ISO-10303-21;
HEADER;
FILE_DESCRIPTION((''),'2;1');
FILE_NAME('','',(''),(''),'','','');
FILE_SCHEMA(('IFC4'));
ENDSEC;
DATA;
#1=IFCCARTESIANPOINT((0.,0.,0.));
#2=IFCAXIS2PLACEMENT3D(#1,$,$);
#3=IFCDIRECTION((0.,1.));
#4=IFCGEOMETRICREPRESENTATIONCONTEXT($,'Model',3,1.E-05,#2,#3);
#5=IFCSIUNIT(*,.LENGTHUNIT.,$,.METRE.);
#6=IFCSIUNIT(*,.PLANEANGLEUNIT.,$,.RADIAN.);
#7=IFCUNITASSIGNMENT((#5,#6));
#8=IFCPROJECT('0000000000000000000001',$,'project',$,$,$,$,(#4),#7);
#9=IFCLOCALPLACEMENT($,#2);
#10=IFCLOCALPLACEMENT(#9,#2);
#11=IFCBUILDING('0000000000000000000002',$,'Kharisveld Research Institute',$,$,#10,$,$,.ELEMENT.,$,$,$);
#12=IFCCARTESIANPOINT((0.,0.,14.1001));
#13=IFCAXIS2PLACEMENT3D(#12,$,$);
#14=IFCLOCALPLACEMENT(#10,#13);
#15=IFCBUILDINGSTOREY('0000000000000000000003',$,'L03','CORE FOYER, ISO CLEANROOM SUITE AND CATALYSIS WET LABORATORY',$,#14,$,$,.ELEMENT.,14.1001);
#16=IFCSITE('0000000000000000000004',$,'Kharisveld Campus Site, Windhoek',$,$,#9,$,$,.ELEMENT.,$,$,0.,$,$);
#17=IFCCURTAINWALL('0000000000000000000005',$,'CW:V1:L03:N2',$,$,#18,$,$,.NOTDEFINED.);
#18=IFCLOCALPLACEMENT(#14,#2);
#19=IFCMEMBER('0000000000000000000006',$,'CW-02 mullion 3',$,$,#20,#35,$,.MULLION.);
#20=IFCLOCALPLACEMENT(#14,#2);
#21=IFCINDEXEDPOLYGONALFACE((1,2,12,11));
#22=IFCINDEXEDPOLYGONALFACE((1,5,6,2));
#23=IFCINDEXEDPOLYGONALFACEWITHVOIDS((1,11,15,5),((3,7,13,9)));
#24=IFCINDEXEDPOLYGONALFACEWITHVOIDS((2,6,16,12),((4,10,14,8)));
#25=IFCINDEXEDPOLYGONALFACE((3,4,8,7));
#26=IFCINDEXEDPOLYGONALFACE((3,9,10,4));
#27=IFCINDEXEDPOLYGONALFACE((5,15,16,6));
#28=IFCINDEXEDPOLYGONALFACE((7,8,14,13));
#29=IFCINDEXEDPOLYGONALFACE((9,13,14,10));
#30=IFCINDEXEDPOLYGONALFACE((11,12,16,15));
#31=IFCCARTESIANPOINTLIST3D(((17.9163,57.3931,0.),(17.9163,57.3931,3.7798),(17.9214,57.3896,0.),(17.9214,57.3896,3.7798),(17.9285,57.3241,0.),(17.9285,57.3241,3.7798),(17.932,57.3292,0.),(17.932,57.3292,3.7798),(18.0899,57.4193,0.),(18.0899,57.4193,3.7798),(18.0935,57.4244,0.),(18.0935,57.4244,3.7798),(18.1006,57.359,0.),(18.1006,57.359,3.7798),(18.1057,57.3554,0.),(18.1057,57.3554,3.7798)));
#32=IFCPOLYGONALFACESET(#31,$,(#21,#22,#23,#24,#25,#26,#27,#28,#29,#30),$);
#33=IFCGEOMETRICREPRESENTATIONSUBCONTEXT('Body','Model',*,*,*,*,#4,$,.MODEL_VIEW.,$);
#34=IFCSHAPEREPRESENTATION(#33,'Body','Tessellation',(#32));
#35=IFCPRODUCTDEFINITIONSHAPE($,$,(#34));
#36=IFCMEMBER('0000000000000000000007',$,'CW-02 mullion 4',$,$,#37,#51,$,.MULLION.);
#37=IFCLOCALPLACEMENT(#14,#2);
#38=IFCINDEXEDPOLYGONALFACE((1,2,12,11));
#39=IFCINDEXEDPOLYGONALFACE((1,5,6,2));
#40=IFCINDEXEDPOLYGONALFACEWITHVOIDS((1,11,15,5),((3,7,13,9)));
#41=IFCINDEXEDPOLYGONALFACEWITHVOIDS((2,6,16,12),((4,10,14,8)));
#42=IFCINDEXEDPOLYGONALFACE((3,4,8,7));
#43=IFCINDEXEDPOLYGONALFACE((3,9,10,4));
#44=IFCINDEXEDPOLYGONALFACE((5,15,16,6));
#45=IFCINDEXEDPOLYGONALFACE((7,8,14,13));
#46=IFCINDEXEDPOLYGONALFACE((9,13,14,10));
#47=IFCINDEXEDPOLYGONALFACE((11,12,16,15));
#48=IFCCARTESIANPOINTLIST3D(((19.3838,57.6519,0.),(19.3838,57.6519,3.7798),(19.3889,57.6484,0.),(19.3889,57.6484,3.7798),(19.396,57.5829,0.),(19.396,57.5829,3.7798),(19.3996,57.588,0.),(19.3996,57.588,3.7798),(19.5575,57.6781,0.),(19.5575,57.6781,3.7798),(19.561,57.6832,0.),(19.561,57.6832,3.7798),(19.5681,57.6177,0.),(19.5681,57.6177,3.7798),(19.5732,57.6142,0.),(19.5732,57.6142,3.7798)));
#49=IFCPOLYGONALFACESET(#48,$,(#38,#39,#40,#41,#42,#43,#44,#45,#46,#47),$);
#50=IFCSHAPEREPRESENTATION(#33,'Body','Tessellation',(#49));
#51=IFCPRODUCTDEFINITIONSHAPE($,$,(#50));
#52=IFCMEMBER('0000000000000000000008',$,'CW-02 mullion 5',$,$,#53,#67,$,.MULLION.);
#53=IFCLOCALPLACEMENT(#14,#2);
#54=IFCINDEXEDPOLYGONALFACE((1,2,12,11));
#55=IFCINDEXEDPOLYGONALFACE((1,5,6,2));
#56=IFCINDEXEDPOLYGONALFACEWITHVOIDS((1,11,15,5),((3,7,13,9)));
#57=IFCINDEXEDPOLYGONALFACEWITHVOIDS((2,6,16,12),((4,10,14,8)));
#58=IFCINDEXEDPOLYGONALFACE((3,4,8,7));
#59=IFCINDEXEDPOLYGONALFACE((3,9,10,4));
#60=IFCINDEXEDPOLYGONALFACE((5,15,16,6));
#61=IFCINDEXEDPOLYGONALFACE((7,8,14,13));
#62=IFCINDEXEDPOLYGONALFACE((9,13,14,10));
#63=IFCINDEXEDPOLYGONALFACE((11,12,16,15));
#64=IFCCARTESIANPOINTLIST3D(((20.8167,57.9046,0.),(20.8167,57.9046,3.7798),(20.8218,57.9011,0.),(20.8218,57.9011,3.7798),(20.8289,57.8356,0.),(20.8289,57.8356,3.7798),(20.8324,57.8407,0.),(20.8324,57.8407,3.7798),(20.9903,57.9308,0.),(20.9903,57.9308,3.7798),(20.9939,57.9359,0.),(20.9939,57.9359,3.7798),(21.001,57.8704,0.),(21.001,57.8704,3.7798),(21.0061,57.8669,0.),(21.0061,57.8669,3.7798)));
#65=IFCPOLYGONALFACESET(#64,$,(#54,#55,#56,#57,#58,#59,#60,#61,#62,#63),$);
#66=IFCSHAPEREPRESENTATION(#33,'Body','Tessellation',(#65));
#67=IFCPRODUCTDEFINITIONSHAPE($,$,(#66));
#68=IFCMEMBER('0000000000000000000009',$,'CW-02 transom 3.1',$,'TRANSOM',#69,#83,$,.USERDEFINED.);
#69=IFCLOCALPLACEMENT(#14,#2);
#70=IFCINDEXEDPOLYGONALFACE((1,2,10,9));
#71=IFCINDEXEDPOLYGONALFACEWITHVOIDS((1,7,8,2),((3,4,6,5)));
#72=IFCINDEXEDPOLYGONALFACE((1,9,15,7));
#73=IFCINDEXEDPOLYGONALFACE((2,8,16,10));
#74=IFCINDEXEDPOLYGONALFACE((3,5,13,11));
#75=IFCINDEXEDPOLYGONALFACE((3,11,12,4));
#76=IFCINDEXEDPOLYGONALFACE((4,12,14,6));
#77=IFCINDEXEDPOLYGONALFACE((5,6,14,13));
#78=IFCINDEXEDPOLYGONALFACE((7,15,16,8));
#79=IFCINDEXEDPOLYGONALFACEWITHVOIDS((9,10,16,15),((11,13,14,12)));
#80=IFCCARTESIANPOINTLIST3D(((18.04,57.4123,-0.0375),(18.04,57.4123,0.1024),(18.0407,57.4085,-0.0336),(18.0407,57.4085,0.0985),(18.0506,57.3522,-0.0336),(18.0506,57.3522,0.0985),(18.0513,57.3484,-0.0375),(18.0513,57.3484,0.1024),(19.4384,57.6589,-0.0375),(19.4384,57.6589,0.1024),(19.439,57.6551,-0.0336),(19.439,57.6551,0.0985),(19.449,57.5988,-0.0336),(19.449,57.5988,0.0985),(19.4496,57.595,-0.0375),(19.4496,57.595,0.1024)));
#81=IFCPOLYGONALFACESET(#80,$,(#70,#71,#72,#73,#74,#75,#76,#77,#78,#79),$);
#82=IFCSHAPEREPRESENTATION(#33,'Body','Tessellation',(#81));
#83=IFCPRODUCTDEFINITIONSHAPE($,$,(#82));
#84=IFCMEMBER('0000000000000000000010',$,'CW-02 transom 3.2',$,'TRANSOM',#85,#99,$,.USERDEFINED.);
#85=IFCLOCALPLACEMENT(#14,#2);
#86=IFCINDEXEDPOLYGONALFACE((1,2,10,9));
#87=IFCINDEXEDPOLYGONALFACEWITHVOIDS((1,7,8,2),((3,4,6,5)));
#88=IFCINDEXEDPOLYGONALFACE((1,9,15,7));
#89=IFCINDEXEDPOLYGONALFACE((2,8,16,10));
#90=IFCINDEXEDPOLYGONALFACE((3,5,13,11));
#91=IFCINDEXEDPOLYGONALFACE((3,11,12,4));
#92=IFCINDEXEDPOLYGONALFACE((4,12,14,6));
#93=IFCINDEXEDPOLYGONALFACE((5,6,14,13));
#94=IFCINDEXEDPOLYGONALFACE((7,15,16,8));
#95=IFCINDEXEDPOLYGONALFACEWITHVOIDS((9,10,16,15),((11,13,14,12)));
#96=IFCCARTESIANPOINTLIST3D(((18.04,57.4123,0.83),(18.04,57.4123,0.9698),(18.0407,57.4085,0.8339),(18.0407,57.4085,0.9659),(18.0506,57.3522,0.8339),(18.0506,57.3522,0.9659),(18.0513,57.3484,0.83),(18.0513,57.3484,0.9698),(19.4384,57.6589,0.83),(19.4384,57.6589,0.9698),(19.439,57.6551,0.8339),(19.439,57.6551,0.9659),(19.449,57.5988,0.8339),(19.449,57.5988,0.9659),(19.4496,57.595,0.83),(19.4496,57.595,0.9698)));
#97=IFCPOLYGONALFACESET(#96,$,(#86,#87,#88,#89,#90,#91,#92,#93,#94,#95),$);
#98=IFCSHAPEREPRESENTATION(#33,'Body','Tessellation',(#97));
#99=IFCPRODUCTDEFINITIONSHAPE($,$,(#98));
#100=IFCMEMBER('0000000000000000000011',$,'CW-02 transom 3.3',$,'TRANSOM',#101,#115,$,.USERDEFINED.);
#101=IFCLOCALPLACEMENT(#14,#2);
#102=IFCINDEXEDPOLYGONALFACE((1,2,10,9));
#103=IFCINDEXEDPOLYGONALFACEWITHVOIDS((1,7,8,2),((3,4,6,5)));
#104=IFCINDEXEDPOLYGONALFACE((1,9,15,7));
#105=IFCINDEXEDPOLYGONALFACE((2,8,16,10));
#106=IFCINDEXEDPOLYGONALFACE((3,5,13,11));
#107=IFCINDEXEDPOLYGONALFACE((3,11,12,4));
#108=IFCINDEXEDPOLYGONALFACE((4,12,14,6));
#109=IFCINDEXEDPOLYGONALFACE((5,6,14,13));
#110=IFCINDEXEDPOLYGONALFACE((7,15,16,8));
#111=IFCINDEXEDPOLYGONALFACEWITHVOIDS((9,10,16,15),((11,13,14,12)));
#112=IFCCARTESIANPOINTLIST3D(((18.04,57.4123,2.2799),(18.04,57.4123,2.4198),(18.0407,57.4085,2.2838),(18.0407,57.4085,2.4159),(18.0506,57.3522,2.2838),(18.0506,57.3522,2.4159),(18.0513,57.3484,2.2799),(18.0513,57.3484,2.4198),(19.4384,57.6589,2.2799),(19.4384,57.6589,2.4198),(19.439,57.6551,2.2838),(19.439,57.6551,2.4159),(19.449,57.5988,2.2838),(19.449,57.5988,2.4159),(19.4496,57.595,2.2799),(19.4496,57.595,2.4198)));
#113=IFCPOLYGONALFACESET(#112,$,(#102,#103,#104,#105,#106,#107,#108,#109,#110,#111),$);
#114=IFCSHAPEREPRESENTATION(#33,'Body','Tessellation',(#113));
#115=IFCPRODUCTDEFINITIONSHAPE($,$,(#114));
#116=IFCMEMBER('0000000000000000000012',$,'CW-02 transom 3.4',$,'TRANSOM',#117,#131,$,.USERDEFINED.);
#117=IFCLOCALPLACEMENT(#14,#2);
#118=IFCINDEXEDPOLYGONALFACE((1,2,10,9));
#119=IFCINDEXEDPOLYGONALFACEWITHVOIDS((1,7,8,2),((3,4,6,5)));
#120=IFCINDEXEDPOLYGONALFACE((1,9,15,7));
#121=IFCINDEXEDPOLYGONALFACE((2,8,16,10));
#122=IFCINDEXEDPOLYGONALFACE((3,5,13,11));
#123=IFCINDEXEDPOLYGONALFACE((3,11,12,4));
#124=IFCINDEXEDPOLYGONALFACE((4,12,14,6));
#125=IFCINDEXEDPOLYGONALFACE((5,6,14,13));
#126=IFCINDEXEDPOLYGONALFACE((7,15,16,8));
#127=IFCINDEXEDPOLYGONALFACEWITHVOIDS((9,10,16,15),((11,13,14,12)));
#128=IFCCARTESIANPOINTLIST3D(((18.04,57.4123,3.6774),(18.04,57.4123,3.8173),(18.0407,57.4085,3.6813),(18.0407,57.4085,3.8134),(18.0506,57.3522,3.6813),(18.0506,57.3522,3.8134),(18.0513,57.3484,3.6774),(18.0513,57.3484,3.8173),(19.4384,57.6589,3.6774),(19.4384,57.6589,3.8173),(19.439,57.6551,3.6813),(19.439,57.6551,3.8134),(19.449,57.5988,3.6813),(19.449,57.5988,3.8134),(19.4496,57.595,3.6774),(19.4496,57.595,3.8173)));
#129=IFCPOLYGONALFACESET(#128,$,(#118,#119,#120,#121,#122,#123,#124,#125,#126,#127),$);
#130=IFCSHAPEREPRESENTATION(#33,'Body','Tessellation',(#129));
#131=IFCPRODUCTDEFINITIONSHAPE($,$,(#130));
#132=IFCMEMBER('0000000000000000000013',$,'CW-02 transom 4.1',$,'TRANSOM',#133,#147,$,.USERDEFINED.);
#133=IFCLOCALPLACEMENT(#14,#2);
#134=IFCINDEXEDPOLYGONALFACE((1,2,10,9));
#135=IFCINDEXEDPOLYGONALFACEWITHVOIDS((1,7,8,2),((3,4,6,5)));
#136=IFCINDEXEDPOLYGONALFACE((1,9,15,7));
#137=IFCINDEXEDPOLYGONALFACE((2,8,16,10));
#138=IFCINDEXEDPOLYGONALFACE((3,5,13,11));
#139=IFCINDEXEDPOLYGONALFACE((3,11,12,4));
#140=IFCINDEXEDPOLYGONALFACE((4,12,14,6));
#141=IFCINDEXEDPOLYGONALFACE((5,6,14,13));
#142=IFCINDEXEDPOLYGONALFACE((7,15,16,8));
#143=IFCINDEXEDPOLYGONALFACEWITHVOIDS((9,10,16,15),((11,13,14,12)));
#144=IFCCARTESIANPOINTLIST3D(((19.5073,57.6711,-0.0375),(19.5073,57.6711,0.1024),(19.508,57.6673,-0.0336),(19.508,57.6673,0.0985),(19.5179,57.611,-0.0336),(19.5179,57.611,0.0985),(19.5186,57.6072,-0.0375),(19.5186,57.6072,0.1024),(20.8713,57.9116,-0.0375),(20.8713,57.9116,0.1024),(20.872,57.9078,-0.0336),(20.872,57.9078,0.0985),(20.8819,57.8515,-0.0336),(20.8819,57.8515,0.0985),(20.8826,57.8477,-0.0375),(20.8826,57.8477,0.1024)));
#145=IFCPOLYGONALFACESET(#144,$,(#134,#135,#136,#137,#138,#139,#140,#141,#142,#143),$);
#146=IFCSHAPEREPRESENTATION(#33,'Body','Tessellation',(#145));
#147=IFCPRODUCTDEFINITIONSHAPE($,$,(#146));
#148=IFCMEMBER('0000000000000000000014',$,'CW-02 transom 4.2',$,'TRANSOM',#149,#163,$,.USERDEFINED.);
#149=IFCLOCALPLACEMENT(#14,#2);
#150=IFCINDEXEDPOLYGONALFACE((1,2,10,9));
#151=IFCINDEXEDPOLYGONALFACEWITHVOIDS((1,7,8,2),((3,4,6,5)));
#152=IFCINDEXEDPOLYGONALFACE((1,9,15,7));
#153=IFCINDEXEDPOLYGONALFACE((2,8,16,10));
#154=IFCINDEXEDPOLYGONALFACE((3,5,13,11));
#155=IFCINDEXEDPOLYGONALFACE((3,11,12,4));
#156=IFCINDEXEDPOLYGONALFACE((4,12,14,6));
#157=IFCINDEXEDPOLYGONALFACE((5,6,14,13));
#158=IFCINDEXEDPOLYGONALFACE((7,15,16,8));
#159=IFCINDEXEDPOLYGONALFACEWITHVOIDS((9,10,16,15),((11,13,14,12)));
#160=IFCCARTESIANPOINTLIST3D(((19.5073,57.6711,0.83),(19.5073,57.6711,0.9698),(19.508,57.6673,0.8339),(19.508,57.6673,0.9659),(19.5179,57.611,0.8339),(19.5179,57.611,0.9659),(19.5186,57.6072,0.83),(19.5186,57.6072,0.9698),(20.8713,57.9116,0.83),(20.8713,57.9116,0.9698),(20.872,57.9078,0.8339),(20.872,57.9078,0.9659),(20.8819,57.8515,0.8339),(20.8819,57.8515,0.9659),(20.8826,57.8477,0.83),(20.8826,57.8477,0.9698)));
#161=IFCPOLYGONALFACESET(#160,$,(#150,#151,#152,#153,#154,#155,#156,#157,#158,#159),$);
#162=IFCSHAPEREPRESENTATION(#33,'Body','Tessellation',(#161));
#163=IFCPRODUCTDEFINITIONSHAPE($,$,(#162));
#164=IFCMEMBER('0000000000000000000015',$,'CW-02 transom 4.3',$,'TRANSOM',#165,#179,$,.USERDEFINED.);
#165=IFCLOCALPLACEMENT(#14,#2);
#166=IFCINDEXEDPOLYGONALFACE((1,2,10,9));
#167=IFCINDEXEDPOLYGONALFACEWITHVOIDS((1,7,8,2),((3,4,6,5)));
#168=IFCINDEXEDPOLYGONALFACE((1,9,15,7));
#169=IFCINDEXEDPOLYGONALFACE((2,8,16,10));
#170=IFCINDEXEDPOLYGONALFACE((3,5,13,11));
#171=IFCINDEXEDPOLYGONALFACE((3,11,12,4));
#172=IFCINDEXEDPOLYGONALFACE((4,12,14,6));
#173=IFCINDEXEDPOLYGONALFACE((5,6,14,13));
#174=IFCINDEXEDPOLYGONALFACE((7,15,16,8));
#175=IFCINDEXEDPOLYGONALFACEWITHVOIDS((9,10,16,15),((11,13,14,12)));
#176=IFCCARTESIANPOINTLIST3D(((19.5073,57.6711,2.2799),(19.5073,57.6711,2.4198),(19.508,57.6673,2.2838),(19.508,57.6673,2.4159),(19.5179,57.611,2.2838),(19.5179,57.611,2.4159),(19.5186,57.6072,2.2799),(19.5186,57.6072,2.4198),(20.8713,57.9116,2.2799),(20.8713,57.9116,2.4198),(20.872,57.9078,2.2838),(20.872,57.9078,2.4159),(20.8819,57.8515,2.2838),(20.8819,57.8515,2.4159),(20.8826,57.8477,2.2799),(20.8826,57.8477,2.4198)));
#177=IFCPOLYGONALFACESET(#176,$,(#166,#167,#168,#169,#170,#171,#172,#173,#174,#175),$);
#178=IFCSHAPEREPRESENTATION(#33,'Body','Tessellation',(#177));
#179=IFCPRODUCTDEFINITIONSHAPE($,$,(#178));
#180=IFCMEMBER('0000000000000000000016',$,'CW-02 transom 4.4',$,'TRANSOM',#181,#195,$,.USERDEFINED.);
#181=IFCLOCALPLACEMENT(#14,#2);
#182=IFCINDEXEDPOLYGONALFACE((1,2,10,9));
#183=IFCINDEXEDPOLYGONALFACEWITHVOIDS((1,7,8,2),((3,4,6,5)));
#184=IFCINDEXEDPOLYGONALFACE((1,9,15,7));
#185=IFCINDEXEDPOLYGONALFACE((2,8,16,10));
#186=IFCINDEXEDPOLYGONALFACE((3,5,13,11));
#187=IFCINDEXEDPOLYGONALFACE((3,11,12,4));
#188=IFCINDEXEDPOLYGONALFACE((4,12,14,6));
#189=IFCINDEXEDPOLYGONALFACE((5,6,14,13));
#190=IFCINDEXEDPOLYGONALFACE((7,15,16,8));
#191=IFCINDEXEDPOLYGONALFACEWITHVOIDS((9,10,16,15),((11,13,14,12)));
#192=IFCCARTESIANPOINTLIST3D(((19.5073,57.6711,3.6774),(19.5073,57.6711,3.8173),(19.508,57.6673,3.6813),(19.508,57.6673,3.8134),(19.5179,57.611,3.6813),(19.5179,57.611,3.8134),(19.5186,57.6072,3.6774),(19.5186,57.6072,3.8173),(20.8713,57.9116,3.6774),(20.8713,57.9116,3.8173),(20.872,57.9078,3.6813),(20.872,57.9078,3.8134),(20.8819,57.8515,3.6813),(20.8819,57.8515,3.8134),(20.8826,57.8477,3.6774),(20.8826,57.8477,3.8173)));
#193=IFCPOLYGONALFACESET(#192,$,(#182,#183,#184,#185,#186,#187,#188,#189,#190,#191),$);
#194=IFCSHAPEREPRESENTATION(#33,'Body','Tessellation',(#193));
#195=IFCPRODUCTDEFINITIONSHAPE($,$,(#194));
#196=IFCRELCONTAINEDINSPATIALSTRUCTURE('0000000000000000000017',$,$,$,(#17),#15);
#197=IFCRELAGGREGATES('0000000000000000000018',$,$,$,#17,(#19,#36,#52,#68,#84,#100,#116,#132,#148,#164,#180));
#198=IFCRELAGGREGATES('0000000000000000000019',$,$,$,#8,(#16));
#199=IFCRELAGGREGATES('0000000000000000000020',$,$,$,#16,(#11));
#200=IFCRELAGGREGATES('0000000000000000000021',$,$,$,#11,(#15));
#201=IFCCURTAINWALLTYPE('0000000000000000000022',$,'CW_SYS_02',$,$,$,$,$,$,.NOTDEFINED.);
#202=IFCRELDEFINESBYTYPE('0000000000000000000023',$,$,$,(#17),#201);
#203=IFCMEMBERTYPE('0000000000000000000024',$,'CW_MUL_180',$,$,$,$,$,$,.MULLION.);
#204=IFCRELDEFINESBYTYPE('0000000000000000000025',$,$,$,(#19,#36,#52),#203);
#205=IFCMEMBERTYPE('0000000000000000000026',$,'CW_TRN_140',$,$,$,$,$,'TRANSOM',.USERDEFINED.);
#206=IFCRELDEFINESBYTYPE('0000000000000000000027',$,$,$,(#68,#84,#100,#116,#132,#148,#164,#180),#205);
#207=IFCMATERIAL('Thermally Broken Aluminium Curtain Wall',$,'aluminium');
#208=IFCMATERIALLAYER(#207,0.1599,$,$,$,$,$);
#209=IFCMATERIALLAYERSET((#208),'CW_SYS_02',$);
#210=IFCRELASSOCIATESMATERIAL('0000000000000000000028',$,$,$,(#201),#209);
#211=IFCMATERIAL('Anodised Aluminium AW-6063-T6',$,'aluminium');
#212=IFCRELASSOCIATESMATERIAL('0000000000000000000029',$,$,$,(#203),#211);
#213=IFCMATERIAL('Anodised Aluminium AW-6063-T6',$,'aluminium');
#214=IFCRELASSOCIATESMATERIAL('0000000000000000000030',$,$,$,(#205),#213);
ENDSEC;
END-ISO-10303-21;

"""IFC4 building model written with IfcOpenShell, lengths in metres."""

from ifc_helpers import new_model, si_unit, direction, frame, origin, origin_2d, place, context, subcontext, project, spatial, hollow_rectangle, extrude, material, layer, layer_set, material_profile, profile_set, type_object, element, aggregate, save


model = new_model("IFC4")

# Units and contexts
model_context = context("Model", 3, precision=1e-05, world=origin(), true_north=direction((0.0, 1.0)))
body_context = subcontext(model_context, "Body", "Model", "MODEL_VIEW")
ifc_project = project(units=[si_unit("LENGTHUNIT", "METRE"), si_unit("PLANEANGLEUNIT", "RADIAN")], contexts=[model_context])

# Site, building, storey
site_placement = place(None, origin())
site = spatial("IfcSite", under=ifc_project, at=site_placement, Name="Kharisveld Campus Site, Windhoek", CompositionType="ELEMENT", RefElevation=0.0)
building_placement = place(site_placement, origin())
building = spatial("IfcBuilding", under=site, at=building_placement, Name="Kharisveld Research Institute", CompositionType="ELEMENT")
storey_placement = place(building_placement, frame((0.0, 0.0, 14.1001)))
storey = spatial("IfcBuildingStorey", under=building, at=storey_placement, Name="L03", Description="CORE FOYER, ISO CLEANROOM SUITE AND CATALYSIS WET LABORATORY", CompositionType="ELEMENT", Elevation=14.1001)

# Curtain wall, members
ifc_material_1 = material(Name="Thermally Broken Aluminium Curtain Wall", Category="aluminium")
ifc_layer_1 = layer(ifc_material_1, 0.1599)
ifc_layer_set_1 = layer_set([ifc_layer_1], Name="CW_SYS_02")
curtain_wall_type = type_object("IfcCurtainWallType", Name="CW_SYS_02", PredefinedType="NOTDEFINED", material=ifc_layer_set_1)
curtain_wall_placement = place(storey_placement, origin())
curtain_wall = element("IfcCurtainWall", 1, at=curtain_wall_placement, inside=storey, type_object=curtain_wall_type, Name="CW:V1:L03:N2", PredefinedType="NOTDEFINED")
ifc_material_2 = material(Name="Anodised Aluminium AW-6063-T6", Category="aluminium")
ifc_material_profile_1 = material_profile(ifc_material_2, hollow_rectangle(XDim=0.0701, YDim=0.1799, WallThickness=0.0044, at=origin_2d()))
ifc_profile_set_1 = profile_set([ifc_material_profile_1], Name="Anodised Aluminium AW-6063-T6")
member_type_1 = type_object("IfcMemberType", Name="CW_MUL_180", PredefinedType="MULLION", material=ifc_profile_set_1)
member_1_placement = place(storey_placement, frame((18.011, 57.3743, 0.0), z_axis=(0.0, 0.0, 1.0), x_axis=(-0.173648, 0.984808, 0.0)))
member_1 = element("IfcMember", 2, at=member_1_placement, type_object=member_type_1, Name="CW-02 mullion 3", PredefinedType="MULLION", context=body_context, shape_type="SweptSolid", body=[
    extrude(hollow_rectangle(XDim=0.0701, YDim=0.1799, WallThickness=0.0044, at=origin_2d()), origin(), (0.0, 0.0, 1.0), 3.7798),
])
member_2_placement = place(storey_placement, frame((19.4785, 57.6331, 0.0), z_axis=(0.0, 0.0, 1.0), x_axis=(-0.173648, 0.984808, 0.0)))
member_2 = element("IfcMember", 3, at=member_2_placement, type_object=member_type_1, Name="CW-02 mullion 4", PredefinedType="MULLION", context=body_context, shape_type="SweptSolid", body=[
    extrude(hollow_rectangle(XDim=0.0701, YDim=0.1799, WallThickness=0.0044, at=origin_2d()), origin(), (0.0, 0.0, 1.0), 3.7798),
])
member_3_placement = place(storey_placement, frame((20.9114, 57.8857, 0.0), z_axis=(0.0, 0.0, 1.0), x_axis=(-0.173648, 0.984808, 0.0)))
member_3 = element("IfcMember", 4, at=member_3_placement, type_object=member_type_1, Name="CW-02 mullion 5", PredefinedType="MULLION", context=body_context, shape_type="SweptSolid", body=[
    extrude(hollow_rectangle(XDim=0.0701, YDim=0.1799, WallThickness=0.0044, at=origin_2d()), origin(), (0.0, 0.0, 1.0), 3.7798),
])
ifc_material_3 = material(Name="Anodised Aluminium AW-6063-T6", Category="aluminium")
ifc_material_profile_2 = material_profile(ifc_material_3, hollow_rectangle(XDim=0.0649, YDim=0.1399, WallThickness=0.0039, at=origin_2d()))
ifc_profile_set_2 = profile_set([ifc_material_profile_2], Name="Anodised Aluminium AW-6063-T6")
member_type_2 = type_object("IfcMemberType", Name="CW_TRN_140", ElementType="TRANSOM", PredefinedType="USERDEFINED", material=ifc_profile_set_2)
member_4_placement = place(storey_placement, frame((18.0457, 57.3804, 0.0325), z_axis=(0.984808, 0.173648, 0.0), x_axis=(-0.173648, 0.984808, 0.0)))
member_4 = element("IfcMember", 5, at=member_4_placement, type_object=member_type_2, Name="CW-02 transom 3.1", ObjectType="TRANSOM", PredefinedType="USERDEFINED", context=body_context, shape_type="SweptSolid", body=[
    extrude(hollow_rectangle(XDim=0.0649, YDim=0.1399, WallThickness=0.0039, at=origin_2d()), origin(), (0.0, 0.0, 1.0), 1.4199),
])
member_5_placement = place(storey_placement, frame((18.0457, 57.3804, 0.8999), z_axis=(0.984808, 0.173648, 0.0), x_axis=(-0.173648, 0.984808, 0.0)))
member_5 = element("IfcMember", 6, at=member_5_placement, type_object=member_type_2, Name="CW-02 transom 3.2", ObjectType="TRANSOM", PredefinedType="USERDEFINED", context=body_context, shape_type="SweptSolid", body=[
    extrude(hollow_rectangle(XDim=0.0649, YDim=0.1399, WallThickness=0.0039, at=origin_2d()), origin(), (0.0, 0.0, 1.0), 1.4199),
])
member_6_placement = place(storey_placement, frame((18.0457, 57.3804, 2.3499), z_axis=(0.984808, 0.173648, 0.0), x_axis=(-0.173648, 0.984808, 0.0)))
member_6 = element("IfcMember", 7, at=member_6_placement, type_object=member_type_2, Name="CW-02 transom 3.3", ObjectType="TRANSOM", PredefinedType="USERDEFINED", context=body_context, shape_type="SweptSolid", body=[
    extrude(hollow_rectangle(XDim=0.0649, YDim=0.1399, WallThickness=0.0039, at=origin_2d()), origin(), (0.0, 0.0, 1.0), 1.4199),
])
member_7_placement = place(storey_placement, frame((18.0457, 57.3804, 3.7473), z_axis=(0.984808, 0.173648, 0.0), x_axis=(-0.173648, 0.984808, 0.0)))
member_7 = element("IfcMember", 8, at=member_7_placement, type_object=member_type_2, Name="CW-02 transom 3.4", ObjectType="TRANSOM", PredefinedType="USERDEFINED", context=body_context, shape_type="SweptSolid", body=[
    extrude(hollow_rectangle(XDim=0.0649, YDim=0.1399, WallThickness=0.0039, at=origin_2d()), origin(), (0.0, 0.0, 1.0), 1.4199),
])
member_8_placement = place(storey_placement, frame((19.5129, 57.6392, 0.0325), z_axis=(0.984812, 0.173624, 0.0), x_axis=(-0.173624, 0.984812, 0.0)))
member_8 = element("IfcMember", 9, at=member_8_placement, type_object=member_type_2, Name="CW-02 transom 4.1", ObjectType="TRANSOM", PredefinedType="USERDEFINED", context=body_context, shape_type="SweptSolid", body=[
    extrude(hollow_rectangle(XDim=0.0649, YDim=0.1399, WallThickness=0.0039, at=origin_2d()), origin(), (0.0, 0.0, 1.0), 1.385),
])
member_9_placement = place(storey_placement, frame((19.5129, 57.6392, 0.8999), z_axis=(0.984812, 0.173624, 0.0), x_axis=(-0.173624, 0.984812, 0.0)))
member_9 = element("IfcMember", 10, at=member_9_placement, type_object=member_type_2, Name="CW-02 transom 4.2", ObjectType="TRANSOM", PredefinedType="USERDEFINED", context=body_context, shape_type="SweptSolid", body=[
    extrude(hollow_rectangle(XDim=0.0649, YDim=0.1399, WallThickness=0.0039, at=origin_2d()), origin(), (0.0, 0.0, 1.0), 1.385),
])
member_10_placement = place(storey_placement, frame((19.5129, 57.6392, 2.3499), z_axis=(0.984812, 0.173624, 0.0), x_axis=(-0.173624, 0.984812, 0.0)))
member_10 = element("IfcMember", 11, at=member_10_placement, type_object=member_type_2, Name="CW-02 transom 4.3", ObjectType="TRANSOM", PredefinedType="USERDEFINED", context=body_context, shape_type="SweptSolid", body=[
    extrude(hollow_rectangle(XDim=0.0649, YDim=0.1399, WallThickness=0.0039, at=origin_2d()), origin(), (0.0, 0.0, 1.0), 1.385),
])
member_11_placement = place(storey_placement, frame((19.5129, 57.6392, 3.7473), z_axis=(0.984812, 0.173624, 0.0), x_axis=(-0.173624, 0.984812, 0.0)))
member_11 = element("IfcMember", 12, at=member_11_placement, type_object=member_type_2, Name="CW-02 transom 4.4", ObjectType="TRANSOM", PredefinedType="USERDEFINED", context=body_context, shape_type="SweptSolid", body=[
    extrude(hollow_rectangle(XDim=0.0649, YDim=0.1399, WallThickness=0.0039, at=origin_2d()), origin(), (0.0, 0.0, 1.0), 1.385),
])
aggregate(curtain_wall, [member_1, member_2, member_3, member_4, member_5, member_6, member_7, member_8, member_9, member_10, member_11])

save(model, "model.ifc")
